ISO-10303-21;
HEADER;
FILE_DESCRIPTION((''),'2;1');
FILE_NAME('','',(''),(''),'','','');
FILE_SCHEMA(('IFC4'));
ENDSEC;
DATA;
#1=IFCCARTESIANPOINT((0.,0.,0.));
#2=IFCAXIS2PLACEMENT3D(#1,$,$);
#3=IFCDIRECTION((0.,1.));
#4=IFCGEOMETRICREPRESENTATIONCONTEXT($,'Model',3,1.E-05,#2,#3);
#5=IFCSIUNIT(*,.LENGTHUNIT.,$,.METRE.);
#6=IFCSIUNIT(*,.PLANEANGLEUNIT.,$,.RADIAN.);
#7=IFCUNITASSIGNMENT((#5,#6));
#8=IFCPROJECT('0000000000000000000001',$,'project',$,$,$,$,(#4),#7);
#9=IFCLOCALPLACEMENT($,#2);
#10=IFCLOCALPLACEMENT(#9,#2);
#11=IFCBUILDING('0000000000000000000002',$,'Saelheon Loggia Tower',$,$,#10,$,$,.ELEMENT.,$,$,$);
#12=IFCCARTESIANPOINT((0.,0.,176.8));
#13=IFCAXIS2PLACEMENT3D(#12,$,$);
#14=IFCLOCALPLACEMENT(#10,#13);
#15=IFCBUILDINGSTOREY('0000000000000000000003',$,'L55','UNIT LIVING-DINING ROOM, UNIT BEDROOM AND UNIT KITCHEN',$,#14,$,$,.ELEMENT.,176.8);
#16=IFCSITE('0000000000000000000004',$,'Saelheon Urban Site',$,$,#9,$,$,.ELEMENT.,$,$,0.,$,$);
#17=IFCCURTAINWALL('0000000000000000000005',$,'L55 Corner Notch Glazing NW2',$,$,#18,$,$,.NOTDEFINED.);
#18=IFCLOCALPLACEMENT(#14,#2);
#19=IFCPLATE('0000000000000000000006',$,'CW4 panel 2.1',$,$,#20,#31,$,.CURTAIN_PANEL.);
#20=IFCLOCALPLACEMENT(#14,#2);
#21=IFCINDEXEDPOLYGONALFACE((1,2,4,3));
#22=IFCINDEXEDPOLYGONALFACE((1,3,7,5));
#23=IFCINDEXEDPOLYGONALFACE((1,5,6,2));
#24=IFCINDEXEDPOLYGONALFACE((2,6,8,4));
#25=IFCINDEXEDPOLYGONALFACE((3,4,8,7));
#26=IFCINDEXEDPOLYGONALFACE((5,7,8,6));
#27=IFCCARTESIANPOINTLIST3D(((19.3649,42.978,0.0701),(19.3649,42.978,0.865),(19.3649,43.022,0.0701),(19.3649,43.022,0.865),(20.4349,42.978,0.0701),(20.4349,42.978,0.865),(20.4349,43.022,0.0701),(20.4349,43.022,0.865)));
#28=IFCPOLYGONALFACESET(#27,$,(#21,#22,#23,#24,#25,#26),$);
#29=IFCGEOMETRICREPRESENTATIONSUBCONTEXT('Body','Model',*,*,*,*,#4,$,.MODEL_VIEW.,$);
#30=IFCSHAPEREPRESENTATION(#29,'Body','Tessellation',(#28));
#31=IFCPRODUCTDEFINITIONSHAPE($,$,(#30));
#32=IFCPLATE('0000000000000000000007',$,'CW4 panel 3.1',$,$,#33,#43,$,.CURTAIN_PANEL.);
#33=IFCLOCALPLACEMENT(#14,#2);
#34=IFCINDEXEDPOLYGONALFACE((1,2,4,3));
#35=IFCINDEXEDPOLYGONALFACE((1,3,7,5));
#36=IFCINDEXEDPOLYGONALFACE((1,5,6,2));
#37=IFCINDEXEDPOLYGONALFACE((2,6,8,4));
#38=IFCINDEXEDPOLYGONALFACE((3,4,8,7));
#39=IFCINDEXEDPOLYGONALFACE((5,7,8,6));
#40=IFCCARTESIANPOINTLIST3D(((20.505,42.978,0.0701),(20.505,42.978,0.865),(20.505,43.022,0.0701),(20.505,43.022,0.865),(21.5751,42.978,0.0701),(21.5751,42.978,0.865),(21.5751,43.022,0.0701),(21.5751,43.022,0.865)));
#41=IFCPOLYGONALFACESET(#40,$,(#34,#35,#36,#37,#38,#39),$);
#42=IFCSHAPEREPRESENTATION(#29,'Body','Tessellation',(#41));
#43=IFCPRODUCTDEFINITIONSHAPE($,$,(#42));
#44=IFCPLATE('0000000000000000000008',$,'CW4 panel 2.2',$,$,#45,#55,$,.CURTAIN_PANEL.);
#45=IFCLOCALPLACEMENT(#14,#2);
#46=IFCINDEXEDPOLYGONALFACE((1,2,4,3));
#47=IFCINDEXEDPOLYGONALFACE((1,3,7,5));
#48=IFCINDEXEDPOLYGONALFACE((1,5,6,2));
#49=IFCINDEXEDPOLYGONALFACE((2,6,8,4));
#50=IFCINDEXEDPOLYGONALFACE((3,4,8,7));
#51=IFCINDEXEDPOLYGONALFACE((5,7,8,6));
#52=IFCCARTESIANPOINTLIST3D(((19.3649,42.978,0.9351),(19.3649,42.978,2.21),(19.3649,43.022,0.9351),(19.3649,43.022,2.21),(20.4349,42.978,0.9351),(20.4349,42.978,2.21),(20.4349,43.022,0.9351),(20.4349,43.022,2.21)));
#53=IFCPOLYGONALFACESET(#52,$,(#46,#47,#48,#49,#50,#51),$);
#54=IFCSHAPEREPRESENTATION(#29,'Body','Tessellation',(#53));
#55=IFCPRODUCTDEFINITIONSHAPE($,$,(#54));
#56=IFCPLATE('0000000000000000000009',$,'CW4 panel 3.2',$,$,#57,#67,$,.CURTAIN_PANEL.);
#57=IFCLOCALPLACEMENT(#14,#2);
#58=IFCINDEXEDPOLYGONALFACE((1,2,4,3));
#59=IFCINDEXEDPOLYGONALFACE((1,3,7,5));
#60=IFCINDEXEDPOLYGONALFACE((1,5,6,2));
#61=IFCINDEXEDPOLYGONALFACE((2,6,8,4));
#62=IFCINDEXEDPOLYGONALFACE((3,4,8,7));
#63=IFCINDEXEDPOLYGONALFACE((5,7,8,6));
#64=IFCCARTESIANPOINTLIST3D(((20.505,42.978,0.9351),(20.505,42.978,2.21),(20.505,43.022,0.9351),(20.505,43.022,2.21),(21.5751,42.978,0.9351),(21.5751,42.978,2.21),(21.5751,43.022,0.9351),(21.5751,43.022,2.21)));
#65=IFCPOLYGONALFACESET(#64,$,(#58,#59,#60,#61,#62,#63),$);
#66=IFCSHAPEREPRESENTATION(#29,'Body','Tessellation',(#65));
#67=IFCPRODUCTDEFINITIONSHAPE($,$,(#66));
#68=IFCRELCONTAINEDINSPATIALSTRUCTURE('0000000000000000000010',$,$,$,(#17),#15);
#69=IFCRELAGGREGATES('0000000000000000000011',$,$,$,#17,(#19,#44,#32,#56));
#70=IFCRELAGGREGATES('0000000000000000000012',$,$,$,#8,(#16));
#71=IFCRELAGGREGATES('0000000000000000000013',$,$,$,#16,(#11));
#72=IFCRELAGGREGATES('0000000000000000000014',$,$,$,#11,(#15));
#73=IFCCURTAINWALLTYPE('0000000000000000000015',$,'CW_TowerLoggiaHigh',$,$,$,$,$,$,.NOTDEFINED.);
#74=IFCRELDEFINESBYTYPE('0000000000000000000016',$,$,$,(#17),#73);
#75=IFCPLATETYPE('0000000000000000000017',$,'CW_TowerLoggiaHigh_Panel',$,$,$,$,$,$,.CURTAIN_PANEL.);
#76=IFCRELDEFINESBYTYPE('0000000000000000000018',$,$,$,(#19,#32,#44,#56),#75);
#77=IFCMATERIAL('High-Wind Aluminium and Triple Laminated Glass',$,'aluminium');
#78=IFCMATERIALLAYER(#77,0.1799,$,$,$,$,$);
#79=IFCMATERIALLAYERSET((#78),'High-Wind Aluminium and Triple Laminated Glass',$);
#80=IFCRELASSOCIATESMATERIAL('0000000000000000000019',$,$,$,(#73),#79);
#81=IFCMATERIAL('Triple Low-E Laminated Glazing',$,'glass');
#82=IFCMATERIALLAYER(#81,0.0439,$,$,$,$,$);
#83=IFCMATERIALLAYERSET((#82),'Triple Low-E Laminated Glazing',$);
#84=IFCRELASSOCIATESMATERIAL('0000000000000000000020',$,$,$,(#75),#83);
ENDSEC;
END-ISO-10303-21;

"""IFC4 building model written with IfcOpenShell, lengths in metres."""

from ifc_helpers import new_model, si_unit, direction, frame, origin, origin_2d, place, context, subcontext, project, spatial, rectangle, extrude, source, transform, mapped, material, layer, layer_set, type_object, element, aggregate, save


model = new_model("IFC4")

# Units and contexts
model_context = context("Model", 3, precision=1e-05, world=origin(), true_north=direction((0.0, 1.0)))
body_context = subcontext(model_context, "Body", "Model", "MODEL_VIEW")
ifc_project = project(units=[si_unit("LENGTHUNIT", "METRE"), si_unit("PLANEANGLEUNIT", "RADIAN")], contexts=[model_context])

# Site, building, storey
site_placement = place(None, origin())
site = spatial("IfcSite", under=ifc_project, at=site_placement, Name="Saelheon Urban Site", CompositionType="ELEMENT", RefElevation=0.0)
building_placement = place(site_placement, origin())
building = spatial("IfcBuilding", under=site, at=building_placement, Name="Saelheon Loggia Tower", CompositionType="ELEMENT")
storey_placement = place(building_placement, frame((0.0, 0.0, 176.8)))
storey = spatial("IfcBuildingStorey", under=building, at=storey_placement, Name="L55", Description="UNIT LIVING-DINING ROOM, UNIT BEDROOM AND UNIT KITCHEN", CompositionType="ELEMENT", Elevation=176.8)

# Shared definitions
ifc_material_1 = material(Name="High-Wind Aluminium and Triple Laminated Glass", Category="aluminium")
ifc_layer_1 = layer(ifc_material_1, 0.1799)
ifc_layer_set_1 = layer_set([ifc_layer_1], Name="High-Wind Aluminium and Triple Laminated Glass")
curtain_wall_type = type_object("IfcCurtainWallType", Name="CW_TowerLoggiaHigh", PredefinedType="NOTDEFINED", material=ifc_layer_set_1)

# Curtain wall
curtain_wall_1_placement = place(storey_placement, origin())
curtain_wall_1 = element("IfcCurtainWall", 1, at=curtain_wall_1_placement, inside=storey, type_object=curtain_wall_type, Name="L55 Corner Notch Glazing NW2", PredefinedType="NOTDEFINED")

# Plates
ifc_material_2 = material(Name="Triple Low-E Laminated Glazing", Category="glass")
ifc_layer_2 = layer(ifc_material_2, 0.0439)
ifc_layer_set_2 = layer_set([ifc_layer_2], Name="Triple Low-E Laminated Glazing")
plate_type = type_object("IfcPlateType", Name="CW_TowerLoggiaHigh_Panel", PredefinedType="CURTAIN_PANEL", material=ifc_layer_set_2)
shared_shape_1 = source(origin(), body_context, "Body", "SweptSolid", [
    extrude(rectangle(XDim=1.0701, YDim=0.0439, at=origin_2d()), origin(), (0.0, 0.0, 1.0), 0.7949),
])
plate_1_placement = place(storey_placement, frame((19.8999, 43.0, 0.0701), z_axis=(0.0, 0.0, 1.0), x_axis=(1.0, 0.0, 0.0)))
plate_1 = element("IfcPlate", 2, at=plate_1_placement, type_object=plate_type, Name="CW4 panel 2.1", PredefinedType="CURTAIN_PANEL", context=body_context, shape_type="MappedRepresentation", body=[
    mapped(shared_shape_1, transform((0.0, 0.0, 0.0), scale=1.0)),
])
plate_2_placement = place(storey_placement, frame((21.04, 43.0, 0.0701), z_axis=(0.0, 0.0, 1.0), x_axis=(1.0, 0.0, 0.0)))
plate_2 = element("IfcPlate", 3, at=plate_2_placement, type_object=plate_type, Name="CW4 panel 3.1", PredefinedType="CURTAIN_PANEL", context=body_context, shape_type="MappedRepresentation", body=[
    mapped(shared_shape_1, transform((0.0, 0.0, 0.0), scale=1.0)),
])
shared_shape_2 = source(origin(), body_context, "Body", "SweptSolid", [
    extrude(rectangle(XDim=1.0701, YDim=0.0439, at=origin_2d()), origin(), (0.0, 0.0, 1.0), 1.2749),
])
plate_3_placement = place(storey_placement, frame((19.8999, 43.0, 0.9351), z_axis=(0.0, 0.0, 1.0), x_axis=(1.0, 0.0, 0.0)))
plate_3 = element("IfcPlate", 4, at=plate_3_placement, type_object=plate_type, Name="CW4 panel 2.2", PredefinedType="CURTAIN_PANEL", context=body_context, shape_type="MappedRepresentation", body=[
    mapped(shared_shape_2, transform((0.0, 0.0, 0.0), scale=1.0)),
])
plate_4_placement = place(storey_placement, frame((21.04, 43.0, 0.9351), z_axis=(0.0, 0.0, 1.0), x_axis=(1.0, 0.0, 0.0)))
plate_4 = element("IfcPlate", 5, at=plate_4_placement, type_object=plate_type, Name="CW4 panel 3.2", PredefinedType="CURTAIN_PANEL", context=body_context, shape_type="MappedRepresentation", body=[
    mapped(shared_shape_2, transform((0.0, 0.0, 0.0), scale=1.0)),
])
aggregate(curtain_wall_1, [plate_1, plate_3, plate_2, plate_4])

save(model, "model.ifc")
